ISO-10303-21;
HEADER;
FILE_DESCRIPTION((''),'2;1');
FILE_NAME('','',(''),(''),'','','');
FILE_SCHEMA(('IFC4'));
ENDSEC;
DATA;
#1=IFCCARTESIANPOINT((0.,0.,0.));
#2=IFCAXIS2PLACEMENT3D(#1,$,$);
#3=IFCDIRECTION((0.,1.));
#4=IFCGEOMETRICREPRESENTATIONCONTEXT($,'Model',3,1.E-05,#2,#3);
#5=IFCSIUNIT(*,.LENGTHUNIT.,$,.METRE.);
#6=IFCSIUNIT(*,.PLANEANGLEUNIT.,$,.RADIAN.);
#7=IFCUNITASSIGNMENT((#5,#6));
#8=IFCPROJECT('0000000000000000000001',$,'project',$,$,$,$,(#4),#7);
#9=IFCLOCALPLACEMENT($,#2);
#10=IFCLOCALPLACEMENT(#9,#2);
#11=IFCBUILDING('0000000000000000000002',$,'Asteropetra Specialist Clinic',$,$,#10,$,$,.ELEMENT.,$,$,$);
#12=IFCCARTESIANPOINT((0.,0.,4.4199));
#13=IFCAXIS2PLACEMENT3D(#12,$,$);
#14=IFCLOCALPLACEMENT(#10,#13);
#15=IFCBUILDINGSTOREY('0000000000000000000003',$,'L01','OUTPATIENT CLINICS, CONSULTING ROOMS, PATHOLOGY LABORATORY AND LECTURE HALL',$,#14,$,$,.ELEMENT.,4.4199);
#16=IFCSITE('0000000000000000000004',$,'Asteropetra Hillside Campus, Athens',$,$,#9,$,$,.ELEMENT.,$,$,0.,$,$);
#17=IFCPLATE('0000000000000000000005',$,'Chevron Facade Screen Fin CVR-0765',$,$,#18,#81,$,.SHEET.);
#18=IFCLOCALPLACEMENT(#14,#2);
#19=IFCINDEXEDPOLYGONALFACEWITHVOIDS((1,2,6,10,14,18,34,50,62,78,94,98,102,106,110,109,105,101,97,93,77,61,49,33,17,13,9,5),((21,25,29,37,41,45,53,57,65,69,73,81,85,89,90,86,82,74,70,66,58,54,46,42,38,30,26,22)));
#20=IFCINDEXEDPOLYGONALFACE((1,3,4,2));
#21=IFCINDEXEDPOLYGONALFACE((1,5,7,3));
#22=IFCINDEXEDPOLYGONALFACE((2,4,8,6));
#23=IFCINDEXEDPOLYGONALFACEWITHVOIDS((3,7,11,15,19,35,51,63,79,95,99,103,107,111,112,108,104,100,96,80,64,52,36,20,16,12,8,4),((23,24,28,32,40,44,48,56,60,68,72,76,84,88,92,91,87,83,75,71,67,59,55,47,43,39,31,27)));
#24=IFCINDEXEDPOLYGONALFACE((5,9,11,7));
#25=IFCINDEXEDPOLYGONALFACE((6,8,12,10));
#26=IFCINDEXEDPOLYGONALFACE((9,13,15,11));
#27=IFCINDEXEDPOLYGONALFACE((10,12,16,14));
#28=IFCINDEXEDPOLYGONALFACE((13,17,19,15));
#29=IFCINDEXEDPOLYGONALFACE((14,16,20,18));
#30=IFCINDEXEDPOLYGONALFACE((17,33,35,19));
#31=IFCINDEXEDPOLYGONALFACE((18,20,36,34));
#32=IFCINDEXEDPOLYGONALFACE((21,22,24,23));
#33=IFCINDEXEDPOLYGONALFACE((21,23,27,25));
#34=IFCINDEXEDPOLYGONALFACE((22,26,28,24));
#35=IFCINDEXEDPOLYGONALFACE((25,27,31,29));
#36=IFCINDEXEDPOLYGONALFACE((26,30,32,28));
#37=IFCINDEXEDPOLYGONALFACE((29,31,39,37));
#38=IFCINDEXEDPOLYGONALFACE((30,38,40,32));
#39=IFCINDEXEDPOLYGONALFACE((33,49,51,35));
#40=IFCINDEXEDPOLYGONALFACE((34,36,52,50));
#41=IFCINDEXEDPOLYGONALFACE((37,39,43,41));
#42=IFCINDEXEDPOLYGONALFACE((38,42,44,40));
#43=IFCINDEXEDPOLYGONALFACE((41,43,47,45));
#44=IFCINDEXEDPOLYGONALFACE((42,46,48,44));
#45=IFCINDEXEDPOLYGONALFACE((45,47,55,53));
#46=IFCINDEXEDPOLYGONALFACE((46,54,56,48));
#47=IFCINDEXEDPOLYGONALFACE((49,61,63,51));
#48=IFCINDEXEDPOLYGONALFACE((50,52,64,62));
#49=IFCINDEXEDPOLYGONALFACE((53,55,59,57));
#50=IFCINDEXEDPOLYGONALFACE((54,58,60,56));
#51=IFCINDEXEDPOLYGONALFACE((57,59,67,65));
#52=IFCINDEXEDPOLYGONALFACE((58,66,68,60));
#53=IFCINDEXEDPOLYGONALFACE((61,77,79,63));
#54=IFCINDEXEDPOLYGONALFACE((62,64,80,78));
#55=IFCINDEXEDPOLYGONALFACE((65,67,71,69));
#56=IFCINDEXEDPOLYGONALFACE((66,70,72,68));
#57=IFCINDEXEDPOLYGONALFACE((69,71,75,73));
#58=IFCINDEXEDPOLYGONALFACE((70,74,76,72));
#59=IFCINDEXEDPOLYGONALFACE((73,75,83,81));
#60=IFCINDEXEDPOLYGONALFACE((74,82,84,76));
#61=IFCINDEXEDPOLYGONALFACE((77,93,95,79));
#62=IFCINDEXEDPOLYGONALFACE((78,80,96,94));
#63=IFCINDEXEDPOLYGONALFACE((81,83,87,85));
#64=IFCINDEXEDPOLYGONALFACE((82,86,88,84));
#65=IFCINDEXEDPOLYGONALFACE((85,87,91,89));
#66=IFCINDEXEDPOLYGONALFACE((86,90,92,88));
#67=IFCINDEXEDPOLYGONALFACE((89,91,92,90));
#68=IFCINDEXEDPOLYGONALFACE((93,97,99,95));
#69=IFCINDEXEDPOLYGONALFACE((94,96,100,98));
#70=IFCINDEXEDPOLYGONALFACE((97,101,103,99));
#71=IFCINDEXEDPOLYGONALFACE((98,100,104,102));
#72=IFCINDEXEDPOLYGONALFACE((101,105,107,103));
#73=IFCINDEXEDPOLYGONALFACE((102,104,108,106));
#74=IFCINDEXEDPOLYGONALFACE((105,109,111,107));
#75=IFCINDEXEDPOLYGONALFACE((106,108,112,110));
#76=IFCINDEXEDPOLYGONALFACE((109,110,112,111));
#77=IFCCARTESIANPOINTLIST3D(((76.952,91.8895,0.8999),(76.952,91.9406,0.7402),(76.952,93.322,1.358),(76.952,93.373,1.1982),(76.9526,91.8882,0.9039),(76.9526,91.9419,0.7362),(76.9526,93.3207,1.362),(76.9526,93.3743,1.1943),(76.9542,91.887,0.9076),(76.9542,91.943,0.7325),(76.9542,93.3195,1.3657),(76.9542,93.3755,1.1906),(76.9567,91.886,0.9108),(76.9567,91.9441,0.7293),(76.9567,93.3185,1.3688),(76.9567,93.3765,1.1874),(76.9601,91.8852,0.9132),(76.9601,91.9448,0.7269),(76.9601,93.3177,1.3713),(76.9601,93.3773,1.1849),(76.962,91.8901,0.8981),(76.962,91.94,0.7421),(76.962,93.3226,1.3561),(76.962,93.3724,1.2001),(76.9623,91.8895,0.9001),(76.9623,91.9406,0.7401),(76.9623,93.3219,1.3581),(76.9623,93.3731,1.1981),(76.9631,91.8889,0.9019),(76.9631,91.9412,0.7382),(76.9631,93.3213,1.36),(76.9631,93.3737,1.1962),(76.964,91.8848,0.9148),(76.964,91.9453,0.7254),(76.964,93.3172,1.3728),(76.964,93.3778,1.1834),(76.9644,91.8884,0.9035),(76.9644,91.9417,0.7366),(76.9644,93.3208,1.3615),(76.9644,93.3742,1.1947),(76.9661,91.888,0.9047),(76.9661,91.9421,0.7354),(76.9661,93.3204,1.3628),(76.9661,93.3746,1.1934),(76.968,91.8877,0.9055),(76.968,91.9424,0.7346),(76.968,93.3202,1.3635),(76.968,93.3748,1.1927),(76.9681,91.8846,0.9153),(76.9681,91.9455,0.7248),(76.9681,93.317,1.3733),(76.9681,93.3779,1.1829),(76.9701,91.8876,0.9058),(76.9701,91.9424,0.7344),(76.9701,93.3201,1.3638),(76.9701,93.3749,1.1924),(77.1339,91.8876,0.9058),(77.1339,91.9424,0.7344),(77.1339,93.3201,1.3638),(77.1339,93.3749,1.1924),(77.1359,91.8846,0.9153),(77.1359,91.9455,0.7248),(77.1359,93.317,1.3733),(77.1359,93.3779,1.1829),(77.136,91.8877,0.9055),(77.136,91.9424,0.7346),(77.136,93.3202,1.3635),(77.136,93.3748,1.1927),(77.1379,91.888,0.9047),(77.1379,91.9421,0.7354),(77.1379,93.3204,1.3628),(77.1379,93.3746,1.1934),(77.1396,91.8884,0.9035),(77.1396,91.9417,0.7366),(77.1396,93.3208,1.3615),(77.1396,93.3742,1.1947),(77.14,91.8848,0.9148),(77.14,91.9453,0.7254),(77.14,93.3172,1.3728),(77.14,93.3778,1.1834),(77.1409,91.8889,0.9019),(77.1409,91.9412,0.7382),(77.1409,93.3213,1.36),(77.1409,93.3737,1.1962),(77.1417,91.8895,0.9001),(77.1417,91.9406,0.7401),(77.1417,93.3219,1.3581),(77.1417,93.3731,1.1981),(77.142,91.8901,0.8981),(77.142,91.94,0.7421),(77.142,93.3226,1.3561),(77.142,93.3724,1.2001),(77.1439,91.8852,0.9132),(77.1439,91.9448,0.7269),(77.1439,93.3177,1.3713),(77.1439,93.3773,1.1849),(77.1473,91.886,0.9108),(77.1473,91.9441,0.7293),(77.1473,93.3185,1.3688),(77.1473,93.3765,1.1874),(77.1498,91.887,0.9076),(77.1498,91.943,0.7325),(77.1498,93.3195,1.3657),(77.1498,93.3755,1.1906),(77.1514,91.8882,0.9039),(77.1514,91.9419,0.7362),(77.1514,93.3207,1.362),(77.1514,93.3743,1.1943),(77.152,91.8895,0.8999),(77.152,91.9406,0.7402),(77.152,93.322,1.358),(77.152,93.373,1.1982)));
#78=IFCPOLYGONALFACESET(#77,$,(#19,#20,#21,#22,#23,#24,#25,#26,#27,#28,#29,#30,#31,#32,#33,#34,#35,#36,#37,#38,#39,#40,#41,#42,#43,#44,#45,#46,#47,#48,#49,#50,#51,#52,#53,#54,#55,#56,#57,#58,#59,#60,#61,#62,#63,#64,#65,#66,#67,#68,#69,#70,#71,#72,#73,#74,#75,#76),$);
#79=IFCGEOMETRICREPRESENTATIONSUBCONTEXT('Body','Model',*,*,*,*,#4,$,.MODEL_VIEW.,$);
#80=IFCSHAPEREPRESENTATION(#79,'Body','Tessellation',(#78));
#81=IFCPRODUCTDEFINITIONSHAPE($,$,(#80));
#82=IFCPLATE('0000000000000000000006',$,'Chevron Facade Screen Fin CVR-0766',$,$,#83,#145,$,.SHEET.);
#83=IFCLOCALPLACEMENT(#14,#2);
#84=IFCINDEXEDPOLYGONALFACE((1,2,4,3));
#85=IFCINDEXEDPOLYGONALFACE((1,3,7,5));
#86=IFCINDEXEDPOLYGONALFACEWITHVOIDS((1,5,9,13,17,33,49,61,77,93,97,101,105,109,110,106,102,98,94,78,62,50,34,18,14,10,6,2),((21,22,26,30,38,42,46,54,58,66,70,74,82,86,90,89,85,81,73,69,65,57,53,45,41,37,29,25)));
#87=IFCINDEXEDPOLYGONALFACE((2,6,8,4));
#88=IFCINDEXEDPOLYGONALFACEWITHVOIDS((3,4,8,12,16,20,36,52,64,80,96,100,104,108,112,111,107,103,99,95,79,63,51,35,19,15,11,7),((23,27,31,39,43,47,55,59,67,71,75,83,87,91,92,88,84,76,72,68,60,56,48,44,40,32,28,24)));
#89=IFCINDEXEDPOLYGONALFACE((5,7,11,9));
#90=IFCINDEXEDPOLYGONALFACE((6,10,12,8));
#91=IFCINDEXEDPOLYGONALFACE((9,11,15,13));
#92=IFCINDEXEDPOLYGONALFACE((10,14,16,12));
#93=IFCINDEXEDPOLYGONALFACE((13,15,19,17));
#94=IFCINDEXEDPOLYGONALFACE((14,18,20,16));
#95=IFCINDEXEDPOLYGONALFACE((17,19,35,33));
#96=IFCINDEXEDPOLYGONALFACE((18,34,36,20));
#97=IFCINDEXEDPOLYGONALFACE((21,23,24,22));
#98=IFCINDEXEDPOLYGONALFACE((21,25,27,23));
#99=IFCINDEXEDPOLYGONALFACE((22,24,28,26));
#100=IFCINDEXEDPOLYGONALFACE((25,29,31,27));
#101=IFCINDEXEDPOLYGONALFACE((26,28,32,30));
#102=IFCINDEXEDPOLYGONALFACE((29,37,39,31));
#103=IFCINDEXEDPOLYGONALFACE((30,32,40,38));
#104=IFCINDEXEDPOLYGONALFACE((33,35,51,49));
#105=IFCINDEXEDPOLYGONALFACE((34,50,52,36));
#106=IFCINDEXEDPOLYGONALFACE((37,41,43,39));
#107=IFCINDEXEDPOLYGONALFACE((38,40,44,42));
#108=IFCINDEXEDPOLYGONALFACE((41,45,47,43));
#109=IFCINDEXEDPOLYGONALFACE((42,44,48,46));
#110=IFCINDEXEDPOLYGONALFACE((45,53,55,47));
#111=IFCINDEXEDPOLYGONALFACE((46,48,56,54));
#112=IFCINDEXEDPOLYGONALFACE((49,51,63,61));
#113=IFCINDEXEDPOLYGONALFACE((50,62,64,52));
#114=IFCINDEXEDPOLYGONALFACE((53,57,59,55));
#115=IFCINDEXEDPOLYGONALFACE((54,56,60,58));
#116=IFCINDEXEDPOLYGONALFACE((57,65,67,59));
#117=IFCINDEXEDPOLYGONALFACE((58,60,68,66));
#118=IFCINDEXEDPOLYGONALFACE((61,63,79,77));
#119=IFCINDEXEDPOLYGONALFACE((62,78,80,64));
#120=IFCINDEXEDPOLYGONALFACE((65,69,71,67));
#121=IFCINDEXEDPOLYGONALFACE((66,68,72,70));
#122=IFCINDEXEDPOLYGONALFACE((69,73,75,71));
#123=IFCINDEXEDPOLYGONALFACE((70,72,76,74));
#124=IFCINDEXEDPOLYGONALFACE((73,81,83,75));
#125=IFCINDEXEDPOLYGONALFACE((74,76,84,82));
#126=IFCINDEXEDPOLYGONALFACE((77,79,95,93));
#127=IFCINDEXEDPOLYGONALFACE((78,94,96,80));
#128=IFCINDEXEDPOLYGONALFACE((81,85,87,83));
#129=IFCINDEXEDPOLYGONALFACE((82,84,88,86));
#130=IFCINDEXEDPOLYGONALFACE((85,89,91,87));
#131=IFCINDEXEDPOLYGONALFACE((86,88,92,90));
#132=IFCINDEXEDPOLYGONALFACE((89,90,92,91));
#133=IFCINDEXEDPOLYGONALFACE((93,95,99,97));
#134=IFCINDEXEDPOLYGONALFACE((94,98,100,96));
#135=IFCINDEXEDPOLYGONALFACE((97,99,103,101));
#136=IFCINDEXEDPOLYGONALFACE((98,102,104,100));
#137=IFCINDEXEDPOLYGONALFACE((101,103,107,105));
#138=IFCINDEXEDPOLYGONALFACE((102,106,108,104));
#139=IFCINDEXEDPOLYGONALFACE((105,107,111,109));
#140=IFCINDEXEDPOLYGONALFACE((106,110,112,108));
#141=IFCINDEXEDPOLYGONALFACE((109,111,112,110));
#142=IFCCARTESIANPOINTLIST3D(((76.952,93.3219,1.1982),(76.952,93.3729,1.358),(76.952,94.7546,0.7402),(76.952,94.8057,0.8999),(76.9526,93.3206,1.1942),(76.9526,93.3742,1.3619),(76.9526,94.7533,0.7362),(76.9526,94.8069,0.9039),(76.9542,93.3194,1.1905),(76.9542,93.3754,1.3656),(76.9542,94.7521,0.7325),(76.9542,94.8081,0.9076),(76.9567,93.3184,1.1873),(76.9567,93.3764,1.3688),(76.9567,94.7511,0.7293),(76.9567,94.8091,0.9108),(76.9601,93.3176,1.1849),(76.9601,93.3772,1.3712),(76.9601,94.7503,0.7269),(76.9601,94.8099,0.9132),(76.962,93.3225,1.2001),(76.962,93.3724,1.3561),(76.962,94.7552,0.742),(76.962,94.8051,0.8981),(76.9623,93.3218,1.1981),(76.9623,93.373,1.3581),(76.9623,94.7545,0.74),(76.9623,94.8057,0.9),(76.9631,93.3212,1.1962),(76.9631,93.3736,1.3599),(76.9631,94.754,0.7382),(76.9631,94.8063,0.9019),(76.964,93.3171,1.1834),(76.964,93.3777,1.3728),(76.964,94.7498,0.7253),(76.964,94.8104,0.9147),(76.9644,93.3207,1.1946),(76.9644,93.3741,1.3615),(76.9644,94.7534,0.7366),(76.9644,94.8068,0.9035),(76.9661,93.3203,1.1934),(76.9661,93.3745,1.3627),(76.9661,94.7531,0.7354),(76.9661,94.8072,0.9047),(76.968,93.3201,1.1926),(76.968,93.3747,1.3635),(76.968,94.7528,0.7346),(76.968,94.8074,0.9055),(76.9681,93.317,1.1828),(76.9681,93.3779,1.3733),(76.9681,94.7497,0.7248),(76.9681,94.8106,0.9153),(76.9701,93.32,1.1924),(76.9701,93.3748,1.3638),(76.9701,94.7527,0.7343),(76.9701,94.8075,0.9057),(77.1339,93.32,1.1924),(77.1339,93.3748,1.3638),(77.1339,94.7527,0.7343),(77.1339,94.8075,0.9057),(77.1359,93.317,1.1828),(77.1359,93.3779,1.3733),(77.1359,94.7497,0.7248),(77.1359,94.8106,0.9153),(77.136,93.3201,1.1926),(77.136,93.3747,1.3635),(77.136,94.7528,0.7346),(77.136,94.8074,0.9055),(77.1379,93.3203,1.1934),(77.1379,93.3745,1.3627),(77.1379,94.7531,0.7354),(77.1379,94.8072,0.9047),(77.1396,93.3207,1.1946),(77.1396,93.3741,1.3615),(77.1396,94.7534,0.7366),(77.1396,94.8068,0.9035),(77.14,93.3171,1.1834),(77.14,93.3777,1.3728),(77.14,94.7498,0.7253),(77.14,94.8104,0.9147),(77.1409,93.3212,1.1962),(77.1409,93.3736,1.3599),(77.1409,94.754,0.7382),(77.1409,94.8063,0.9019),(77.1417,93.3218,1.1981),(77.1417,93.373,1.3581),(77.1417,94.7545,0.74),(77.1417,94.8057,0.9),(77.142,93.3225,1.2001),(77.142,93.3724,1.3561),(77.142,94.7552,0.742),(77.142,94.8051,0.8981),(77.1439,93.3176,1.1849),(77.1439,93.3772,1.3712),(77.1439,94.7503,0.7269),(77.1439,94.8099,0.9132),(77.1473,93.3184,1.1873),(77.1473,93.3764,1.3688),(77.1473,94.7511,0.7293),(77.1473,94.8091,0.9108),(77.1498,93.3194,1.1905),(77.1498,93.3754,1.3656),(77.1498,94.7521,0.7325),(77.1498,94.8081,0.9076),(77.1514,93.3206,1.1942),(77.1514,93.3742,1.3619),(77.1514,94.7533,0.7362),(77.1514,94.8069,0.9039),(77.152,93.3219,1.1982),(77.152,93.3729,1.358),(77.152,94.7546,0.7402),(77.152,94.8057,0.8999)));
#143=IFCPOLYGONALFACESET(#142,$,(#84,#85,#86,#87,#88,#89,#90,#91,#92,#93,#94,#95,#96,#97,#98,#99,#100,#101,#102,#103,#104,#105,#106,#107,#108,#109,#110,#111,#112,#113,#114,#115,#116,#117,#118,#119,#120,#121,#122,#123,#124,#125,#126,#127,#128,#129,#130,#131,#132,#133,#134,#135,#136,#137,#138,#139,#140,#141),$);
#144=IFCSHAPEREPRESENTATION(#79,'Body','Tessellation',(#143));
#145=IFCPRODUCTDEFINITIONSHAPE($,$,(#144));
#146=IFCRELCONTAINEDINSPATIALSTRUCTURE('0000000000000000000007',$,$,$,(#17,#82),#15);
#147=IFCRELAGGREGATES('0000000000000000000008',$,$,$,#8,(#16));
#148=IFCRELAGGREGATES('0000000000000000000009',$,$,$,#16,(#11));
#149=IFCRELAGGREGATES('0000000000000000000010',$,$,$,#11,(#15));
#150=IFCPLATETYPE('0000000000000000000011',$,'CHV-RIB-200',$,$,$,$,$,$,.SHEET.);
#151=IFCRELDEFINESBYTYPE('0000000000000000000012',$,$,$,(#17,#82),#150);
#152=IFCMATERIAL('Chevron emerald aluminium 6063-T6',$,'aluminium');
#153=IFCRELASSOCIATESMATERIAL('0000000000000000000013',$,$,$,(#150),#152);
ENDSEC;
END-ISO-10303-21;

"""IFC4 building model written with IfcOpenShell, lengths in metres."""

from ifc_helpers import new_model, si_unit, direction, frame, origin, origin_2d, place, context, subcontext, project, spatial, hollow_rectangle, extrude, material, material_profile, profile_set, type_object, element, save


model = new_model("IFC4")

# Units and contexts
model_context = context("Model", 3, precision=1e-05, world=origin(), true_north=direction((0.0, 1.0)))
body_context = subcontext(model_context, "Body", "Model", "MODEL_VIEW")
ifc_project = project(units=[si_unit("LENGTHUNIT", "METRE"), si_unit("PLANEANGLEUNIT", "RADIAN")], contexts=[model_context])

# Site, building, storey
site_placement = place(None, origin())
site = spatial("IfcSite", under=ifc_project, at=site_placement, Name="Asteropetra Hillside Campus, Athens", CompositionType="ELEMENT", RefElevation=0.0)
building_placement = place(site_placement, origin())
building = spatial("IfcBuilding", under=site, at=building_placement, Name="Asteropetra Specialist Clinic", CompositionType="ELEMENT")
storey_placement = place(building_placement, frame((0.0, 0.0, 4.4199)))
storey = spatial("IfcBuildingStorey", under=building, at=storey_placement, Name="L01", Description="OUTPATIENT CLINICS, CONSULTING ROOMS, PATHOLOGY LABORATORY AND LECTURE HALL", CompositionType="ELEMENT", Elevation=4.4199)

# Plates
ifc_material_1 = material(Name="Chevron emerald aluminium 6063-T6", Category="aluminium")
ifc_material_profile = material_profile(ifc_material_1, hollow_rectangle(XDim=0.2, YDim=0.2, WallThickness=0.01, InnerFilletRadius=0.0081, OuterFilletRadius=0.0161, at=origin_2d()), Name="SHS 200x200x10.0")
ifc_profile_set = profile_set([ifc_material_profile], Name="Chevron emerald aluminium 6063-T6")
plate_type_1 = type_object("IfcPlateType", Name="CHV-RIB-200", PredefinedType="SHEET", material=ifc_profile_set)
plate_1_placement = place(storey_placement, frame((77.052, 91.915, 0.8201), z_axis=(0.0, 0.952492, 0.304564), x_axis=(-1.0, 0.0, 0.0)))
element("IfcPlate", 1, at=plate_1_placement, inside=storey, type_object=plate_type_1, Name="Chevron Facade Screen Fin CVR-0765", PredefinedType="SHEET", context=body_context, shape_type="SweptSolid", body=[
    extrude(hollow_rectangle(XDim=0.2, YDim=0.2, WallThickness=0.01, InnerFilletRadius=0.0081, OuterFilletRadius=0.0161, at=origin_2d()), origin(), (0.0, 0.0, 1.0), 1.5039),
])
plate_2_placement = place(storey_placement, frame((77.052, 93.3474, 1.2781), z_axis=(0.0, 0.952507, -0.304517), x_axis=(-1.0, 0.0, 0.0)))
element("IfcPlate", 2, at=plate_2_placement, inside=storey, type_object=plate_type_1, Name="Chevron Facade Screen Fin CVR-0766", PredefinedType="SHEET", context=body_context, shape_type="SweptSolid", body=[
    extrude(hollow_rectangle(XDim=0.2, YDim=0.2, WallThickness=0.01, InnerFilletRadius=0.0081, OuterFilletRadius=0.0161, at=origin_2d()), origin(), (0.0, 0.0, 1.0), 1.5042),
])

save(model, "model.ifc")
